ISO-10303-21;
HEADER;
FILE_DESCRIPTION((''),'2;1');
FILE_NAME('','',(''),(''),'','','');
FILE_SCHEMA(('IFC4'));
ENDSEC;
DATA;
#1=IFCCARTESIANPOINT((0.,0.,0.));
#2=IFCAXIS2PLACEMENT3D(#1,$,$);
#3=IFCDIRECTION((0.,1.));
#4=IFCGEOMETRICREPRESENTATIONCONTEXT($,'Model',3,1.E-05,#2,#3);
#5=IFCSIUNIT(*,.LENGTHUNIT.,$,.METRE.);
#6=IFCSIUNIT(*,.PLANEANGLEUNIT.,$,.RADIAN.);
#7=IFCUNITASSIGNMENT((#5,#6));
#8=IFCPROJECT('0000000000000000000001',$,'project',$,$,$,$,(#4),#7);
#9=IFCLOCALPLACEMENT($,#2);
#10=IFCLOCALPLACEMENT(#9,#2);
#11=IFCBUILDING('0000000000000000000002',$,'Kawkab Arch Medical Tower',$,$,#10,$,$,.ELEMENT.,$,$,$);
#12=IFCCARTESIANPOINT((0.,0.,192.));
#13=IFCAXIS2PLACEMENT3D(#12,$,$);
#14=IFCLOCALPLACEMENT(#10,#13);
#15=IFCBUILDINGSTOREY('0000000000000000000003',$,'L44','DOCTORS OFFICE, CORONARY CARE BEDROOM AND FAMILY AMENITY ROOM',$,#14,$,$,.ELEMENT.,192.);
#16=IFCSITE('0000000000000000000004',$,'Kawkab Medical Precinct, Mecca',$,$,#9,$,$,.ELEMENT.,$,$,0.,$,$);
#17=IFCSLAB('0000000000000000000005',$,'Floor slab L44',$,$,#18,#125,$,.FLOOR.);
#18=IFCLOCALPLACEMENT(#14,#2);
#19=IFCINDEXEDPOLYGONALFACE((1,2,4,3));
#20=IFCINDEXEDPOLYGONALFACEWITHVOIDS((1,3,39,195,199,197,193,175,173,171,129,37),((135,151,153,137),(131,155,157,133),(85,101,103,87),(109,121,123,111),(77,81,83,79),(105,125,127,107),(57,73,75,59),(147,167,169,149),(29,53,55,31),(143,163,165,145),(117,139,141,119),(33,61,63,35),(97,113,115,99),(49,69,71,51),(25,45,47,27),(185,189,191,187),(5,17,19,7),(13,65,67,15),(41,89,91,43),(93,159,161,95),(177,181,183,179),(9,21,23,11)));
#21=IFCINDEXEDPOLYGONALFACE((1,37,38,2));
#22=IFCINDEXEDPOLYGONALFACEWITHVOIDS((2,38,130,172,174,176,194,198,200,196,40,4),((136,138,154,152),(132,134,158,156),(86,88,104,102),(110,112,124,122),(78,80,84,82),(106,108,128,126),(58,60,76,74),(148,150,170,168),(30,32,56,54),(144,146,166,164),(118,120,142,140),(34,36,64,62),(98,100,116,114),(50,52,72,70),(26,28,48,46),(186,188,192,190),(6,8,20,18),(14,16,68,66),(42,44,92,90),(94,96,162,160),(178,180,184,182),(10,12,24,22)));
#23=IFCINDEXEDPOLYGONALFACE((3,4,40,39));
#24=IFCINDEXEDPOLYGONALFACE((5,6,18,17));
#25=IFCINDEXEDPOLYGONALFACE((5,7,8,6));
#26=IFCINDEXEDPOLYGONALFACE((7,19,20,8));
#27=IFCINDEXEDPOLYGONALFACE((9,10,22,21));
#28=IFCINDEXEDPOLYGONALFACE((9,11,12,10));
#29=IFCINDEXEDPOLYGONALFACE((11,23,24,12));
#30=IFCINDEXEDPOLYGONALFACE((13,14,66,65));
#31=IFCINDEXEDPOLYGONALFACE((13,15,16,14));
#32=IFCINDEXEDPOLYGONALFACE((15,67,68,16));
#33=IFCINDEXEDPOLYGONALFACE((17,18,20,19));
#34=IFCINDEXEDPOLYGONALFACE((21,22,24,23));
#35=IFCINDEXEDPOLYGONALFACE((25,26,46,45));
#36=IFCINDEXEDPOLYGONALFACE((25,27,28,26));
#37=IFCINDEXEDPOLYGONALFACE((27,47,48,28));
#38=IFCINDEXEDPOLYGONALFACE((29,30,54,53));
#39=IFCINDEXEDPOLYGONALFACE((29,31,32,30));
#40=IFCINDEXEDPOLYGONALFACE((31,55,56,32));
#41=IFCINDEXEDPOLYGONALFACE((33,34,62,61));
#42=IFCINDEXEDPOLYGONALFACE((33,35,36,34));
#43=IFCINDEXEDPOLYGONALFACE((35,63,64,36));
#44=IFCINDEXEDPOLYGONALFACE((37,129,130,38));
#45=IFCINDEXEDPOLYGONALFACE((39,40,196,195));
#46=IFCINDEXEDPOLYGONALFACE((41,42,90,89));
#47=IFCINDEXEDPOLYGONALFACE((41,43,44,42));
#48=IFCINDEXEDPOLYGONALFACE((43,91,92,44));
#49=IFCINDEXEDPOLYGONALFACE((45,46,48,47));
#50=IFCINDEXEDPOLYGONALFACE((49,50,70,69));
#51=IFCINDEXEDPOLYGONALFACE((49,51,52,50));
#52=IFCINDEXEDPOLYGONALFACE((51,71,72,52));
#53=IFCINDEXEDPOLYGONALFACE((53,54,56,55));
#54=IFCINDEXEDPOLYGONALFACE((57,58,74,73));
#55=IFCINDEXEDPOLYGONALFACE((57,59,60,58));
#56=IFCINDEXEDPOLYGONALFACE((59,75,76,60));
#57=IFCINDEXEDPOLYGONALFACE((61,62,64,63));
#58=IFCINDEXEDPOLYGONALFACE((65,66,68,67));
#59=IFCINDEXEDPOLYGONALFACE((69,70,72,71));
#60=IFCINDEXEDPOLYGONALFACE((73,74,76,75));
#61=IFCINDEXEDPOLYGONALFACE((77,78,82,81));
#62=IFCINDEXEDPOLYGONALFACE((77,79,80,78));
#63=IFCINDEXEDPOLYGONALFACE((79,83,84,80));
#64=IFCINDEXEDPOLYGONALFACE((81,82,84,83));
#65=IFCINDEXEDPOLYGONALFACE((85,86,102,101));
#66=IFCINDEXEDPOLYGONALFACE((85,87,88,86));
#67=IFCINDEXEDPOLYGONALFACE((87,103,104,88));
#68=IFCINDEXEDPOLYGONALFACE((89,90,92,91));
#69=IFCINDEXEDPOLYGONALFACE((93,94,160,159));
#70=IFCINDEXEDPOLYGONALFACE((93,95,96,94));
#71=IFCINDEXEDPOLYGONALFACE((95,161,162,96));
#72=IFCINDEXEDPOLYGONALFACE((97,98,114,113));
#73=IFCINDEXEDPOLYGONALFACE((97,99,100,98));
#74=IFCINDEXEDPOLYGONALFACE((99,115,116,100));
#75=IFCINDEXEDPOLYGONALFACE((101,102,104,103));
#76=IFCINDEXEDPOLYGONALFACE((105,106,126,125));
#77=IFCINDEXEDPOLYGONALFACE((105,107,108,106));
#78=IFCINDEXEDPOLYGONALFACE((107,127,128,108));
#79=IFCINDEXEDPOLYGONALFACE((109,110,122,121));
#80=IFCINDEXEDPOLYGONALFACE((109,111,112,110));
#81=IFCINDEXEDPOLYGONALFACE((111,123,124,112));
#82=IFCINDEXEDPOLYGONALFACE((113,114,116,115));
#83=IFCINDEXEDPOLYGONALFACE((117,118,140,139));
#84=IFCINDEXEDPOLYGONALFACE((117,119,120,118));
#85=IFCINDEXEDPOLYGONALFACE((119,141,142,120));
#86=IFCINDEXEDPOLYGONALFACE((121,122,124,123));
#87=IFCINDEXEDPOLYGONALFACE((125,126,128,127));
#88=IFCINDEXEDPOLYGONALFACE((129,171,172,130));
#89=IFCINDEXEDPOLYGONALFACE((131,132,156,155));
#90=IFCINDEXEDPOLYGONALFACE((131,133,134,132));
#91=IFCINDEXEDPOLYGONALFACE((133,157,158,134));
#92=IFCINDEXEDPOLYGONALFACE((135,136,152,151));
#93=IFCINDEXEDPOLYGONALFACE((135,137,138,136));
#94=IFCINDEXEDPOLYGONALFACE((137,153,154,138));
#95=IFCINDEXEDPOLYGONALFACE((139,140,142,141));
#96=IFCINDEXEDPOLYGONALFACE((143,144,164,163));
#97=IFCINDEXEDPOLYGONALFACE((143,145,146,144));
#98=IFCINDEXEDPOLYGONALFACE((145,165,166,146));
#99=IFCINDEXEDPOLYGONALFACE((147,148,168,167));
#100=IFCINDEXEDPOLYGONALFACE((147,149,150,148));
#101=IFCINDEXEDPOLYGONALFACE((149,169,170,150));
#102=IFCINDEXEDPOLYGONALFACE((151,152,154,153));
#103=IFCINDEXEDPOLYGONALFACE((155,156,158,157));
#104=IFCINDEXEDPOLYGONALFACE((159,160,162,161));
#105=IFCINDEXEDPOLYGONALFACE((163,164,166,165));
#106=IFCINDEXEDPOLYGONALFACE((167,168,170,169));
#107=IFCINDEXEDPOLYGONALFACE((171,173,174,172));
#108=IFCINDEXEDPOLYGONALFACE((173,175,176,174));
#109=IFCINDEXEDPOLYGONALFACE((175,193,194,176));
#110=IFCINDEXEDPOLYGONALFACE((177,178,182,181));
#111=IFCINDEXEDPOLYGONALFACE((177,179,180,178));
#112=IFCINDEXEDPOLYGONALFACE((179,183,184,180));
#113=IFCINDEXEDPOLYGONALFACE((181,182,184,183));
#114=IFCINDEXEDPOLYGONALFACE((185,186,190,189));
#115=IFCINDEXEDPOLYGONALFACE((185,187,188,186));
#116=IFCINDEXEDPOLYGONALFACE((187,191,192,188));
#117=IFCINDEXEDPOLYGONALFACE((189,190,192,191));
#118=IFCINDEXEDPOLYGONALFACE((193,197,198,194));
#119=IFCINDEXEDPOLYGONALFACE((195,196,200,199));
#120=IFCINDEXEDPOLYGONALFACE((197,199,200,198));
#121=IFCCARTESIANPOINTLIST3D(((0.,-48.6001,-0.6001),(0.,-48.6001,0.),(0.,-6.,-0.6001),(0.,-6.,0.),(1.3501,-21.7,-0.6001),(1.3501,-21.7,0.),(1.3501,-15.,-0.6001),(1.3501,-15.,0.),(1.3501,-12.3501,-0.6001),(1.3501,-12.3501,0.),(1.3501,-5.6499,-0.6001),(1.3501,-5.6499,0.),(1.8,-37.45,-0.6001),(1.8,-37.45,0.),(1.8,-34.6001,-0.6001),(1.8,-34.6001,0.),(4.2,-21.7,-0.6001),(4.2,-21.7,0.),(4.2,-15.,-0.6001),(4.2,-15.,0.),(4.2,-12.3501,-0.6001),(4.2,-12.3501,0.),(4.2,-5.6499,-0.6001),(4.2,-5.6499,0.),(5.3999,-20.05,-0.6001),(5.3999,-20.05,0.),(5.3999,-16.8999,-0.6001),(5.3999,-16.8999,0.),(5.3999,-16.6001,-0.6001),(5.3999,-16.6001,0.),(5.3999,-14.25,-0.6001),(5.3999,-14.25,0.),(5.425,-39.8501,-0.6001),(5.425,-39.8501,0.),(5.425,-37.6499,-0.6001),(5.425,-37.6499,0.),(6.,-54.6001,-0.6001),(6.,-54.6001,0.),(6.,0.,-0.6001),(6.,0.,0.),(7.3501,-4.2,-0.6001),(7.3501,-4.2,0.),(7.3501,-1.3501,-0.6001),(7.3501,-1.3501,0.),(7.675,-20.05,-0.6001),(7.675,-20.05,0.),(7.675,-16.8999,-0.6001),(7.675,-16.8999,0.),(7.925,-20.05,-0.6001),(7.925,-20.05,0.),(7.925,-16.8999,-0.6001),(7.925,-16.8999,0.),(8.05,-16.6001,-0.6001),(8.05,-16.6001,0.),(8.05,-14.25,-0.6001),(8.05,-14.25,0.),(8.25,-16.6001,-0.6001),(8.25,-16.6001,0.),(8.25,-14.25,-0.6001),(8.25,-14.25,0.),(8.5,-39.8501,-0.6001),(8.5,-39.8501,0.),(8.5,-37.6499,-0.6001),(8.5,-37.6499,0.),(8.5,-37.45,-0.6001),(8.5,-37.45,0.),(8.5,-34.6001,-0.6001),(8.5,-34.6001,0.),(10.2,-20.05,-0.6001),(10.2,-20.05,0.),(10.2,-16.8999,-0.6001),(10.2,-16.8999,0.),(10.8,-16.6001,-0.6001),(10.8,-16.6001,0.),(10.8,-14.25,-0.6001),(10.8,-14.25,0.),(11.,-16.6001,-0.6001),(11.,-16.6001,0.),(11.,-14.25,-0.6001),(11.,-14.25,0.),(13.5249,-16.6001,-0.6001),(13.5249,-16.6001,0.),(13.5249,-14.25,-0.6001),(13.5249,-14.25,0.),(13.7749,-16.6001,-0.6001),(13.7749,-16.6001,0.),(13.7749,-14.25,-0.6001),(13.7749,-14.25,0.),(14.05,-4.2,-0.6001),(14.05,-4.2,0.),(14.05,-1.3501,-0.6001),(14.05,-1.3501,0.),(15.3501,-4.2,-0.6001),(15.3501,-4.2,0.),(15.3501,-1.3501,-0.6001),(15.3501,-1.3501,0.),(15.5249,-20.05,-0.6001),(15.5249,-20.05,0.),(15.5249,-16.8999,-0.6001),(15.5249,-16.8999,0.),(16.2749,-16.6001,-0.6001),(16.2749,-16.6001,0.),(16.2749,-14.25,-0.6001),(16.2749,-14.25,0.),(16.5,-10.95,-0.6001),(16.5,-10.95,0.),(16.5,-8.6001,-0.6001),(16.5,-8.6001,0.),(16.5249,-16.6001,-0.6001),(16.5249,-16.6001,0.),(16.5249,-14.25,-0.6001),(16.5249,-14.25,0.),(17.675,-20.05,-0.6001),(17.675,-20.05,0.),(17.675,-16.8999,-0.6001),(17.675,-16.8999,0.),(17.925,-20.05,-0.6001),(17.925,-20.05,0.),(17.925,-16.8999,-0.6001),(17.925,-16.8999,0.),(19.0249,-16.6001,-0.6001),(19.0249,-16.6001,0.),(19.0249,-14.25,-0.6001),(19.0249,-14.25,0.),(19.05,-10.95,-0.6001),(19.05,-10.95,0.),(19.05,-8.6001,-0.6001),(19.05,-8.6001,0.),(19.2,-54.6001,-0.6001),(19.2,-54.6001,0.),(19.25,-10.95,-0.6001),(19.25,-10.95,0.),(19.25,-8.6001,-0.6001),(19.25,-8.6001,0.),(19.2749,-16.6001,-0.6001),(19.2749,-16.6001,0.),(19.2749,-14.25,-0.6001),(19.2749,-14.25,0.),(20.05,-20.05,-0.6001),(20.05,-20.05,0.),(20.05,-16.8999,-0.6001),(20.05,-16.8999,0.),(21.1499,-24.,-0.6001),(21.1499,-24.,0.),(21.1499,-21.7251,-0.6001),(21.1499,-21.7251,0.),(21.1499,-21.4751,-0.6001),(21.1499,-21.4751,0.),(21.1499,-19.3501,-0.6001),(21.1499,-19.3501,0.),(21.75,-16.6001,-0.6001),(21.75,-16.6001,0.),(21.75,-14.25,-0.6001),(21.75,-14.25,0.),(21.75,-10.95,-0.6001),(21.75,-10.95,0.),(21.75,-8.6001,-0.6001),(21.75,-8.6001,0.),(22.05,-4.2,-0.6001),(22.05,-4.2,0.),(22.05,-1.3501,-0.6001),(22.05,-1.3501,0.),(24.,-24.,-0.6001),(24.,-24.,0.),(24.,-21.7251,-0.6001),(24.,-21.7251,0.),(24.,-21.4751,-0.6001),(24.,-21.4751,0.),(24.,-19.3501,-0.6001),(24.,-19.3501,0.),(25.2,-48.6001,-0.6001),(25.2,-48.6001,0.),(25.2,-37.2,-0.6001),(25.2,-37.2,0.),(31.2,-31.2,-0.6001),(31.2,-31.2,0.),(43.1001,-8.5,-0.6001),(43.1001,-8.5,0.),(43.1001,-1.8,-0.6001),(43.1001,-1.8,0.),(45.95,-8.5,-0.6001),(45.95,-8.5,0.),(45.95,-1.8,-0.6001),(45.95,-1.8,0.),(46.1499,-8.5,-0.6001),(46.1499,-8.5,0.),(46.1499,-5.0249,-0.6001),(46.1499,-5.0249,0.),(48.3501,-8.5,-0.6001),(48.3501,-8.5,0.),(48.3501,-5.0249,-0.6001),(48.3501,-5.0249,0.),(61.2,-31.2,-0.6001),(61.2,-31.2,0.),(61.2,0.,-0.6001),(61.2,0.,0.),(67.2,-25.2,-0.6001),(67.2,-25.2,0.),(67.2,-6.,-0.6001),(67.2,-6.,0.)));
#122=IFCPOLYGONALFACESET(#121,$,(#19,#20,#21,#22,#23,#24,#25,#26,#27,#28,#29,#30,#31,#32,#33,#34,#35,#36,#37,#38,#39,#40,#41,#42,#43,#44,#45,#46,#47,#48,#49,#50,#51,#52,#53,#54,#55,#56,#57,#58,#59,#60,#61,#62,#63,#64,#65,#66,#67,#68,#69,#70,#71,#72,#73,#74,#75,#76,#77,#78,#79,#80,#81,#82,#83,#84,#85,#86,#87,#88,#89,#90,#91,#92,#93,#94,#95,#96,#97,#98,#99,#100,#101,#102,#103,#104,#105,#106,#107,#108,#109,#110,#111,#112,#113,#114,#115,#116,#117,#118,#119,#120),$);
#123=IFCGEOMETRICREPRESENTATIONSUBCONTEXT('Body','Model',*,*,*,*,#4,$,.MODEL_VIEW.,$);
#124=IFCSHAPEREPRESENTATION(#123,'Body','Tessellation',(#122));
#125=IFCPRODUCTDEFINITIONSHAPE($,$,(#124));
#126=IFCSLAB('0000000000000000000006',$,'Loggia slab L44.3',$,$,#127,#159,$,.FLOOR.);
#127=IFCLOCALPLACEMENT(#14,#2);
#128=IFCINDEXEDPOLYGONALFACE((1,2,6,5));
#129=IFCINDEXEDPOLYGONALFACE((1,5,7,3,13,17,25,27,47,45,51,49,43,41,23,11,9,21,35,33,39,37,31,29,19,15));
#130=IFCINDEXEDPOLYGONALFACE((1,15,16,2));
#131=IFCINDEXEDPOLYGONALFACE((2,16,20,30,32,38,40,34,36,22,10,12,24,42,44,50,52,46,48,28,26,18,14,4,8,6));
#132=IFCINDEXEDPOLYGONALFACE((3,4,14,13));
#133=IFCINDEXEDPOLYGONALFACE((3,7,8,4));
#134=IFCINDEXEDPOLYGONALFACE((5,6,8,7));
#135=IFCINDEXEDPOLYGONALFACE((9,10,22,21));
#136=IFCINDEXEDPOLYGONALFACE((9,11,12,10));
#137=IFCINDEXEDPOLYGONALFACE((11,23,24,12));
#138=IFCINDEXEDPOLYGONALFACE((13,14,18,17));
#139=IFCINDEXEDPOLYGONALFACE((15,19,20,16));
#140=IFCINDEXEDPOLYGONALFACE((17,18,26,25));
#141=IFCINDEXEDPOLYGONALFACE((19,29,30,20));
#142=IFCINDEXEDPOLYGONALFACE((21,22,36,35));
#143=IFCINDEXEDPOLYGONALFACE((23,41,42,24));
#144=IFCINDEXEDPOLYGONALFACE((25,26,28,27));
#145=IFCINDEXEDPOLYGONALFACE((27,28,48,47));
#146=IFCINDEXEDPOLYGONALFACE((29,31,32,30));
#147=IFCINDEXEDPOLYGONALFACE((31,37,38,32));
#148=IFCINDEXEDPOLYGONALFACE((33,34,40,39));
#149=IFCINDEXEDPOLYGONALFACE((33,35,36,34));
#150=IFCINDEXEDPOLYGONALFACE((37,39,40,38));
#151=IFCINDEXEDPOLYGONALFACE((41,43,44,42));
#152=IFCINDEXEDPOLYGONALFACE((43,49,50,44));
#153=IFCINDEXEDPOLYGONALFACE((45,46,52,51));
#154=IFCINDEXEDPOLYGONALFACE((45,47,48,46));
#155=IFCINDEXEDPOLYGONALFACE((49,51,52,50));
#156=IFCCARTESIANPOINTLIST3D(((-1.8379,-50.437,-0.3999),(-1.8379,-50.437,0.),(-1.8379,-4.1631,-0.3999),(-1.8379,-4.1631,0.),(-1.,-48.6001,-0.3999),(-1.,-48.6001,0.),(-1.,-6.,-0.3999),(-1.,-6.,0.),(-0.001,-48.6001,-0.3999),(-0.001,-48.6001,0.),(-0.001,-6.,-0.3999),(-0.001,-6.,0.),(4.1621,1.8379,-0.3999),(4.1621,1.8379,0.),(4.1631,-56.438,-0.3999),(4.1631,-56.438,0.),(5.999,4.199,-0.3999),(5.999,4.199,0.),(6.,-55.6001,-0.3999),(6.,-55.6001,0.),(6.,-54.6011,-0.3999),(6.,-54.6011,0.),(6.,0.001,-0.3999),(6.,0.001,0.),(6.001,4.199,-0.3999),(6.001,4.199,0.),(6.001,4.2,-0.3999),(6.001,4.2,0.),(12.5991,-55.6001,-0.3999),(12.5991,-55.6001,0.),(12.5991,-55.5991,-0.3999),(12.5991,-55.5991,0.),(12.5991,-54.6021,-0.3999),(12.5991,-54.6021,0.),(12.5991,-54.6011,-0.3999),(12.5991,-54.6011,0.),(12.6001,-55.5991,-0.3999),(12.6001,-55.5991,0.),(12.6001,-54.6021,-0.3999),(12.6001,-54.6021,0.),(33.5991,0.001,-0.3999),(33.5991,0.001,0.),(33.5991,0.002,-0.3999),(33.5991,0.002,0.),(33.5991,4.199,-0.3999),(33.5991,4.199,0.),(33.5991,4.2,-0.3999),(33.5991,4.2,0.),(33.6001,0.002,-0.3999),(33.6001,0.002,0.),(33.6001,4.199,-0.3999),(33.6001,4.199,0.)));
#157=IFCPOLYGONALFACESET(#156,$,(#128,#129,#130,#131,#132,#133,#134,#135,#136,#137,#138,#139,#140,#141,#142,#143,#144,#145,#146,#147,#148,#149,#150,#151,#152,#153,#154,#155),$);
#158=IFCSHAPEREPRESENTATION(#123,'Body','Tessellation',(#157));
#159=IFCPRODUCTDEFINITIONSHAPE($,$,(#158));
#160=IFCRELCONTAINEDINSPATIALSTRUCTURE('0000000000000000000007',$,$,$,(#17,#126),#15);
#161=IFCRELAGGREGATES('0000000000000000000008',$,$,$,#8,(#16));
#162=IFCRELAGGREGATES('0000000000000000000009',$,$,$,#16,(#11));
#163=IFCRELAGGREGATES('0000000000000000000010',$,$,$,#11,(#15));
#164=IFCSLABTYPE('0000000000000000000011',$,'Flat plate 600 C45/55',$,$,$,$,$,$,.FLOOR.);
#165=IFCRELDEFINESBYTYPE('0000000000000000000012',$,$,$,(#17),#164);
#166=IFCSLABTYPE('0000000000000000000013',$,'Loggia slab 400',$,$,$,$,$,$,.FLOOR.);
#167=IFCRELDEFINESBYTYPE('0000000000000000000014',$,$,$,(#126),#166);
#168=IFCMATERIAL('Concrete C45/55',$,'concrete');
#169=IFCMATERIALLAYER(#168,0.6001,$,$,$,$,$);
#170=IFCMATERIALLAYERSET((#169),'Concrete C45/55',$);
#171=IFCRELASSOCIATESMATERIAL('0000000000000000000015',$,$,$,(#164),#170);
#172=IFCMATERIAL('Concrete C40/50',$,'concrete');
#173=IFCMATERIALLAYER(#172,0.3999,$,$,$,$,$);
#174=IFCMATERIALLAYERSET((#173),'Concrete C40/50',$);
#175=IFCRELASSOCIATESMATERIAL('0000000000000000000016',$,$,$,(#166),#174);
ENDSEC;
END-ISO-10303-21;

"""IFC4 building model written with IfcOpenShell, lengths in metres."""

from ifc_helpers import new_model, si_unit, direction, frame, origin, place, context, subcontext, project, spatial, polyline, outline, extrude, material, layer, layer_set, type_object, element, save


model = new_model("IFC4")

# Units and contexts
model_context = context("Model", 3, precision=1e-05, world=origin(), true_north=direction((0.0, 1.0)))
body_context = subcontext(model_context, "Body", "Model", "MODEL_VIEW")
ifc_project = project(units=[si_unit("LENGTHUNIT", "METRE"), si_unit("PLANEANGLEUNIT", "RADIAN")], contexts=[model_context])

# Site, building, storey
site_placement = place(None, origin())
site = spatial("IfcSite", under=ifc_project, at=site_placement, Name="Kawkab Medical Precinct, Mecca", CompositionType="ELEMENT", RefElevation=0.0)
building_placement = place(site_placement, origin())
building = spatial("IfcBuilding", under=site, at=building_placement, Name="Kawkab Arch Medical Tower", CompositionType="ELEMENT")
storey_placement = place(building_placement, frame((0.0, 0.0, 192.0)))
storey = spatial("IfcBuildingStorey", under=building, at=storey_placement, Name="L44", Description="DOCTORS OFFICE, CORONARY CARE BEDROOM AND FAMILY AMENITY ROOM", CompositionType="ELEMENT", Elevation=192.0)

# Slabs
ifc_material_1 = material(Name="Concrete C45/55", Category="concrete")
ifc_layer_1 = layer(ifc_material_1, 0.6001)
ifc_layer_set_1 = layer_set([ifc_layer_1], Name="Concrete C45/55")
slab_type_1 = type_object("IfcSlabType", Name="Flat plate 600 C45/55", PredefinedType="FLOOR", material=ifc_layer_set_1)
slab_1_placement = place(storey_placement, frame((0.0, 0.0, -0.6001)))
element("IfcSlab", 1, at=slab_1_placement, inside=storey, type_object=slab_type_1, Name="Floor slab L44", PredefinedType="FLOOR", context=body_context, shape_type="SweptSolid", body=[
    extrude(outline(polyline([(6.0, 0.0), (61.2, 0.0), (67.2, -6.0), (67.2, -25.2), (61.2, -31.2), (31.2, -31.2), (25.2, -37.2), (25.2, -48.6001), (19.2, -54.6001), (6.0, -54.6001), (0.0, -48.6001), (0.0, -6.0), (6.0, 0.0)]), holes=[polyline([(5.425, -37.6499), (5.425, -39.8501), (8.5, -39.8501), (8.5, -37.6499), (5.425, -37.6499)]), polyline([(8.5, -37.45), (8.5, -34.6001), (1.8, -34.6001), (1.8, -37.45), (8.5, -37.45)]), polyline([(5.3999, -20.05), (7.675, -20.05), (7.675, -16.8999), (5.3999, -16.8999), (5.3999, -20.05)]), polyline([(10.2, -20.05), (10.2, -16.8999), (7.925, -16.8999), (7.925, -20.05), (10.2, -20.05)]), polyline([(4.2, -21.7), (4.2, -15.0), (1.3501, -15.0), (1.3501, -21.7), (4.2, -21.7)]), polyline([(5.3999, -16.6001), (8.05, -16.6001), (8.05, -14.25), (5.3999, -14.25), (5.3999, -16.6001)]), polyline([(8.25, -16.6001), (10.8, -16.6001), (10.8, -14.25), (8.25, -14.25), (8.25, -16.6001)]), polyline([(11.0, -14.25), (11.0, -16.6001), (13.5249, -16.6001), (13.5249, -14.25), (11.0, -14.25)]), polyline([(13.7749, -16.6001), (16.2749, -16.6001), (16.2749, -14.25), (13.7749, -14.25), (13.7749, -16.6001)]), polyline([(4.2, -12.3501), (4.2, -5.6499), (1.3501, -5.6499), (1.3501, -12.3501), (4.2, -12.3501)]), polyline([(7.3501, -4.2), (14.05, -4.2), (14.05, -1.3501), (7.3501, -1.3501), (7.3501, -4.2)]), polyline([(24.0, -21.7251), (21.1499, -21.7251), (21.1499, -24.0), (24.0, -24.0), (24.0, -21.7251)]), polyline([(24.0, -19.3501), (21.1499, -19.3501), (21.1499, -21.4751), (24.0, -21.4751), (24.0, -19.3501)]), polyline([(17.675, -16.8999), (15.5249, -16.8999), (15.5249, -20.05), (17.675, -20.05), (17.675, -16.8999)]), polyline([(20.05, -20.05), (20.05, -16.8999), (17.925, -16.8999), (17.925, -20.05), (20.05, -20.05)]), polyline([(19.0249, -16.6001), (19.0249, -14.25), (16.5249, -14.25), (16.5249, -16.6001), (19.0249, -16.6001)]), polyline([(21.75, -16.6001), (21.75, -14.25), (19.2749, -14.25), (19.2749, -16.6001), (21.75, -16.6001)]), polyline([(19.05, -8.6001), (16.5, -8.6001), (16.5, -10.95), (19.05, -10.95), (19.05, -8.6001)]), polyline([(21.75, -10.95), (21.75, -8.6001), (19.25, -8.6001), (19.25, -10.95), (21.75, -10.95)]), polyline([(46.1499, -8.5), (48.3501, -8.5), (48.3501, -5.0249), (46.1499, -5.0249), (46.1499, -8.5)]), polyline([(43.1001, -1.8), (43.1001, -8.5), (45.95, -8.5), (45.95, -1.8), (43.1001, -1.8)]), polyline([(22.05, -1.3501), (15.3501, -1.3501), (15.3501, -4.2), (22.05, -4.2), (22.05, -1.3501)])]), origin(), (0.0, 0.0, 1.0), 0.6001),
])
ifc_material_2 = material(Name="Concrete C40/50", Category="concrete")
ifc_layer_2 = layer(ifc_material_2, 0.3999)
ifc_layer_set_2 = layer_set([ifc_layer_2], Name="Concrete C40/50")
slab_type_2 = type_object("IfcSlabType", Name="Loggia slab 400", PredefinedType="FLOOR", material=ifc_layer_set_2)
placement_1 = place(storey_placement, frame((0.0, 0.0, -0.3999)))
element("IfcSlab", 2, at=placement_1, inside=storey, type_object=slab_type_2, Name="Loggia slab L44.3", PredefinedType="FLOOR", context=body_context, shape_type="SweptSolid", body=[
    extrude(outline(polyline([(-1.8379, -50.437), (-1.0, -48.6001), (-1.0, -6.0), (-1.8379, -4.1631), (4.1621, 1.8379), (5.999, 4.199), (6.001, 4.199), (6.001, 4.2), (33.5991, 4.2), (33.5991, 4.199), (33.6001, 4.199), (33.6001, 0.002), (33.5991, 0.002), (33.5991, 0.001), (6.0, 0.001), (-0.001, -6.0), (-0.001, -48.6001), (6.0, -54.6011), (12.5991, -54.6011), (12.5991, -54.6021), (12.6001, -54.6021), (12.6001, -55.5991), (12.5991, -55.5991), (12.5991, -55.6001), (6.0, -55.6001), (4.1631, -56.438), (-1.8379, -50.437)])), origin(), (0.0, 0.0, 1.0), 0.3999),
])

save(model, "model.ifc")
